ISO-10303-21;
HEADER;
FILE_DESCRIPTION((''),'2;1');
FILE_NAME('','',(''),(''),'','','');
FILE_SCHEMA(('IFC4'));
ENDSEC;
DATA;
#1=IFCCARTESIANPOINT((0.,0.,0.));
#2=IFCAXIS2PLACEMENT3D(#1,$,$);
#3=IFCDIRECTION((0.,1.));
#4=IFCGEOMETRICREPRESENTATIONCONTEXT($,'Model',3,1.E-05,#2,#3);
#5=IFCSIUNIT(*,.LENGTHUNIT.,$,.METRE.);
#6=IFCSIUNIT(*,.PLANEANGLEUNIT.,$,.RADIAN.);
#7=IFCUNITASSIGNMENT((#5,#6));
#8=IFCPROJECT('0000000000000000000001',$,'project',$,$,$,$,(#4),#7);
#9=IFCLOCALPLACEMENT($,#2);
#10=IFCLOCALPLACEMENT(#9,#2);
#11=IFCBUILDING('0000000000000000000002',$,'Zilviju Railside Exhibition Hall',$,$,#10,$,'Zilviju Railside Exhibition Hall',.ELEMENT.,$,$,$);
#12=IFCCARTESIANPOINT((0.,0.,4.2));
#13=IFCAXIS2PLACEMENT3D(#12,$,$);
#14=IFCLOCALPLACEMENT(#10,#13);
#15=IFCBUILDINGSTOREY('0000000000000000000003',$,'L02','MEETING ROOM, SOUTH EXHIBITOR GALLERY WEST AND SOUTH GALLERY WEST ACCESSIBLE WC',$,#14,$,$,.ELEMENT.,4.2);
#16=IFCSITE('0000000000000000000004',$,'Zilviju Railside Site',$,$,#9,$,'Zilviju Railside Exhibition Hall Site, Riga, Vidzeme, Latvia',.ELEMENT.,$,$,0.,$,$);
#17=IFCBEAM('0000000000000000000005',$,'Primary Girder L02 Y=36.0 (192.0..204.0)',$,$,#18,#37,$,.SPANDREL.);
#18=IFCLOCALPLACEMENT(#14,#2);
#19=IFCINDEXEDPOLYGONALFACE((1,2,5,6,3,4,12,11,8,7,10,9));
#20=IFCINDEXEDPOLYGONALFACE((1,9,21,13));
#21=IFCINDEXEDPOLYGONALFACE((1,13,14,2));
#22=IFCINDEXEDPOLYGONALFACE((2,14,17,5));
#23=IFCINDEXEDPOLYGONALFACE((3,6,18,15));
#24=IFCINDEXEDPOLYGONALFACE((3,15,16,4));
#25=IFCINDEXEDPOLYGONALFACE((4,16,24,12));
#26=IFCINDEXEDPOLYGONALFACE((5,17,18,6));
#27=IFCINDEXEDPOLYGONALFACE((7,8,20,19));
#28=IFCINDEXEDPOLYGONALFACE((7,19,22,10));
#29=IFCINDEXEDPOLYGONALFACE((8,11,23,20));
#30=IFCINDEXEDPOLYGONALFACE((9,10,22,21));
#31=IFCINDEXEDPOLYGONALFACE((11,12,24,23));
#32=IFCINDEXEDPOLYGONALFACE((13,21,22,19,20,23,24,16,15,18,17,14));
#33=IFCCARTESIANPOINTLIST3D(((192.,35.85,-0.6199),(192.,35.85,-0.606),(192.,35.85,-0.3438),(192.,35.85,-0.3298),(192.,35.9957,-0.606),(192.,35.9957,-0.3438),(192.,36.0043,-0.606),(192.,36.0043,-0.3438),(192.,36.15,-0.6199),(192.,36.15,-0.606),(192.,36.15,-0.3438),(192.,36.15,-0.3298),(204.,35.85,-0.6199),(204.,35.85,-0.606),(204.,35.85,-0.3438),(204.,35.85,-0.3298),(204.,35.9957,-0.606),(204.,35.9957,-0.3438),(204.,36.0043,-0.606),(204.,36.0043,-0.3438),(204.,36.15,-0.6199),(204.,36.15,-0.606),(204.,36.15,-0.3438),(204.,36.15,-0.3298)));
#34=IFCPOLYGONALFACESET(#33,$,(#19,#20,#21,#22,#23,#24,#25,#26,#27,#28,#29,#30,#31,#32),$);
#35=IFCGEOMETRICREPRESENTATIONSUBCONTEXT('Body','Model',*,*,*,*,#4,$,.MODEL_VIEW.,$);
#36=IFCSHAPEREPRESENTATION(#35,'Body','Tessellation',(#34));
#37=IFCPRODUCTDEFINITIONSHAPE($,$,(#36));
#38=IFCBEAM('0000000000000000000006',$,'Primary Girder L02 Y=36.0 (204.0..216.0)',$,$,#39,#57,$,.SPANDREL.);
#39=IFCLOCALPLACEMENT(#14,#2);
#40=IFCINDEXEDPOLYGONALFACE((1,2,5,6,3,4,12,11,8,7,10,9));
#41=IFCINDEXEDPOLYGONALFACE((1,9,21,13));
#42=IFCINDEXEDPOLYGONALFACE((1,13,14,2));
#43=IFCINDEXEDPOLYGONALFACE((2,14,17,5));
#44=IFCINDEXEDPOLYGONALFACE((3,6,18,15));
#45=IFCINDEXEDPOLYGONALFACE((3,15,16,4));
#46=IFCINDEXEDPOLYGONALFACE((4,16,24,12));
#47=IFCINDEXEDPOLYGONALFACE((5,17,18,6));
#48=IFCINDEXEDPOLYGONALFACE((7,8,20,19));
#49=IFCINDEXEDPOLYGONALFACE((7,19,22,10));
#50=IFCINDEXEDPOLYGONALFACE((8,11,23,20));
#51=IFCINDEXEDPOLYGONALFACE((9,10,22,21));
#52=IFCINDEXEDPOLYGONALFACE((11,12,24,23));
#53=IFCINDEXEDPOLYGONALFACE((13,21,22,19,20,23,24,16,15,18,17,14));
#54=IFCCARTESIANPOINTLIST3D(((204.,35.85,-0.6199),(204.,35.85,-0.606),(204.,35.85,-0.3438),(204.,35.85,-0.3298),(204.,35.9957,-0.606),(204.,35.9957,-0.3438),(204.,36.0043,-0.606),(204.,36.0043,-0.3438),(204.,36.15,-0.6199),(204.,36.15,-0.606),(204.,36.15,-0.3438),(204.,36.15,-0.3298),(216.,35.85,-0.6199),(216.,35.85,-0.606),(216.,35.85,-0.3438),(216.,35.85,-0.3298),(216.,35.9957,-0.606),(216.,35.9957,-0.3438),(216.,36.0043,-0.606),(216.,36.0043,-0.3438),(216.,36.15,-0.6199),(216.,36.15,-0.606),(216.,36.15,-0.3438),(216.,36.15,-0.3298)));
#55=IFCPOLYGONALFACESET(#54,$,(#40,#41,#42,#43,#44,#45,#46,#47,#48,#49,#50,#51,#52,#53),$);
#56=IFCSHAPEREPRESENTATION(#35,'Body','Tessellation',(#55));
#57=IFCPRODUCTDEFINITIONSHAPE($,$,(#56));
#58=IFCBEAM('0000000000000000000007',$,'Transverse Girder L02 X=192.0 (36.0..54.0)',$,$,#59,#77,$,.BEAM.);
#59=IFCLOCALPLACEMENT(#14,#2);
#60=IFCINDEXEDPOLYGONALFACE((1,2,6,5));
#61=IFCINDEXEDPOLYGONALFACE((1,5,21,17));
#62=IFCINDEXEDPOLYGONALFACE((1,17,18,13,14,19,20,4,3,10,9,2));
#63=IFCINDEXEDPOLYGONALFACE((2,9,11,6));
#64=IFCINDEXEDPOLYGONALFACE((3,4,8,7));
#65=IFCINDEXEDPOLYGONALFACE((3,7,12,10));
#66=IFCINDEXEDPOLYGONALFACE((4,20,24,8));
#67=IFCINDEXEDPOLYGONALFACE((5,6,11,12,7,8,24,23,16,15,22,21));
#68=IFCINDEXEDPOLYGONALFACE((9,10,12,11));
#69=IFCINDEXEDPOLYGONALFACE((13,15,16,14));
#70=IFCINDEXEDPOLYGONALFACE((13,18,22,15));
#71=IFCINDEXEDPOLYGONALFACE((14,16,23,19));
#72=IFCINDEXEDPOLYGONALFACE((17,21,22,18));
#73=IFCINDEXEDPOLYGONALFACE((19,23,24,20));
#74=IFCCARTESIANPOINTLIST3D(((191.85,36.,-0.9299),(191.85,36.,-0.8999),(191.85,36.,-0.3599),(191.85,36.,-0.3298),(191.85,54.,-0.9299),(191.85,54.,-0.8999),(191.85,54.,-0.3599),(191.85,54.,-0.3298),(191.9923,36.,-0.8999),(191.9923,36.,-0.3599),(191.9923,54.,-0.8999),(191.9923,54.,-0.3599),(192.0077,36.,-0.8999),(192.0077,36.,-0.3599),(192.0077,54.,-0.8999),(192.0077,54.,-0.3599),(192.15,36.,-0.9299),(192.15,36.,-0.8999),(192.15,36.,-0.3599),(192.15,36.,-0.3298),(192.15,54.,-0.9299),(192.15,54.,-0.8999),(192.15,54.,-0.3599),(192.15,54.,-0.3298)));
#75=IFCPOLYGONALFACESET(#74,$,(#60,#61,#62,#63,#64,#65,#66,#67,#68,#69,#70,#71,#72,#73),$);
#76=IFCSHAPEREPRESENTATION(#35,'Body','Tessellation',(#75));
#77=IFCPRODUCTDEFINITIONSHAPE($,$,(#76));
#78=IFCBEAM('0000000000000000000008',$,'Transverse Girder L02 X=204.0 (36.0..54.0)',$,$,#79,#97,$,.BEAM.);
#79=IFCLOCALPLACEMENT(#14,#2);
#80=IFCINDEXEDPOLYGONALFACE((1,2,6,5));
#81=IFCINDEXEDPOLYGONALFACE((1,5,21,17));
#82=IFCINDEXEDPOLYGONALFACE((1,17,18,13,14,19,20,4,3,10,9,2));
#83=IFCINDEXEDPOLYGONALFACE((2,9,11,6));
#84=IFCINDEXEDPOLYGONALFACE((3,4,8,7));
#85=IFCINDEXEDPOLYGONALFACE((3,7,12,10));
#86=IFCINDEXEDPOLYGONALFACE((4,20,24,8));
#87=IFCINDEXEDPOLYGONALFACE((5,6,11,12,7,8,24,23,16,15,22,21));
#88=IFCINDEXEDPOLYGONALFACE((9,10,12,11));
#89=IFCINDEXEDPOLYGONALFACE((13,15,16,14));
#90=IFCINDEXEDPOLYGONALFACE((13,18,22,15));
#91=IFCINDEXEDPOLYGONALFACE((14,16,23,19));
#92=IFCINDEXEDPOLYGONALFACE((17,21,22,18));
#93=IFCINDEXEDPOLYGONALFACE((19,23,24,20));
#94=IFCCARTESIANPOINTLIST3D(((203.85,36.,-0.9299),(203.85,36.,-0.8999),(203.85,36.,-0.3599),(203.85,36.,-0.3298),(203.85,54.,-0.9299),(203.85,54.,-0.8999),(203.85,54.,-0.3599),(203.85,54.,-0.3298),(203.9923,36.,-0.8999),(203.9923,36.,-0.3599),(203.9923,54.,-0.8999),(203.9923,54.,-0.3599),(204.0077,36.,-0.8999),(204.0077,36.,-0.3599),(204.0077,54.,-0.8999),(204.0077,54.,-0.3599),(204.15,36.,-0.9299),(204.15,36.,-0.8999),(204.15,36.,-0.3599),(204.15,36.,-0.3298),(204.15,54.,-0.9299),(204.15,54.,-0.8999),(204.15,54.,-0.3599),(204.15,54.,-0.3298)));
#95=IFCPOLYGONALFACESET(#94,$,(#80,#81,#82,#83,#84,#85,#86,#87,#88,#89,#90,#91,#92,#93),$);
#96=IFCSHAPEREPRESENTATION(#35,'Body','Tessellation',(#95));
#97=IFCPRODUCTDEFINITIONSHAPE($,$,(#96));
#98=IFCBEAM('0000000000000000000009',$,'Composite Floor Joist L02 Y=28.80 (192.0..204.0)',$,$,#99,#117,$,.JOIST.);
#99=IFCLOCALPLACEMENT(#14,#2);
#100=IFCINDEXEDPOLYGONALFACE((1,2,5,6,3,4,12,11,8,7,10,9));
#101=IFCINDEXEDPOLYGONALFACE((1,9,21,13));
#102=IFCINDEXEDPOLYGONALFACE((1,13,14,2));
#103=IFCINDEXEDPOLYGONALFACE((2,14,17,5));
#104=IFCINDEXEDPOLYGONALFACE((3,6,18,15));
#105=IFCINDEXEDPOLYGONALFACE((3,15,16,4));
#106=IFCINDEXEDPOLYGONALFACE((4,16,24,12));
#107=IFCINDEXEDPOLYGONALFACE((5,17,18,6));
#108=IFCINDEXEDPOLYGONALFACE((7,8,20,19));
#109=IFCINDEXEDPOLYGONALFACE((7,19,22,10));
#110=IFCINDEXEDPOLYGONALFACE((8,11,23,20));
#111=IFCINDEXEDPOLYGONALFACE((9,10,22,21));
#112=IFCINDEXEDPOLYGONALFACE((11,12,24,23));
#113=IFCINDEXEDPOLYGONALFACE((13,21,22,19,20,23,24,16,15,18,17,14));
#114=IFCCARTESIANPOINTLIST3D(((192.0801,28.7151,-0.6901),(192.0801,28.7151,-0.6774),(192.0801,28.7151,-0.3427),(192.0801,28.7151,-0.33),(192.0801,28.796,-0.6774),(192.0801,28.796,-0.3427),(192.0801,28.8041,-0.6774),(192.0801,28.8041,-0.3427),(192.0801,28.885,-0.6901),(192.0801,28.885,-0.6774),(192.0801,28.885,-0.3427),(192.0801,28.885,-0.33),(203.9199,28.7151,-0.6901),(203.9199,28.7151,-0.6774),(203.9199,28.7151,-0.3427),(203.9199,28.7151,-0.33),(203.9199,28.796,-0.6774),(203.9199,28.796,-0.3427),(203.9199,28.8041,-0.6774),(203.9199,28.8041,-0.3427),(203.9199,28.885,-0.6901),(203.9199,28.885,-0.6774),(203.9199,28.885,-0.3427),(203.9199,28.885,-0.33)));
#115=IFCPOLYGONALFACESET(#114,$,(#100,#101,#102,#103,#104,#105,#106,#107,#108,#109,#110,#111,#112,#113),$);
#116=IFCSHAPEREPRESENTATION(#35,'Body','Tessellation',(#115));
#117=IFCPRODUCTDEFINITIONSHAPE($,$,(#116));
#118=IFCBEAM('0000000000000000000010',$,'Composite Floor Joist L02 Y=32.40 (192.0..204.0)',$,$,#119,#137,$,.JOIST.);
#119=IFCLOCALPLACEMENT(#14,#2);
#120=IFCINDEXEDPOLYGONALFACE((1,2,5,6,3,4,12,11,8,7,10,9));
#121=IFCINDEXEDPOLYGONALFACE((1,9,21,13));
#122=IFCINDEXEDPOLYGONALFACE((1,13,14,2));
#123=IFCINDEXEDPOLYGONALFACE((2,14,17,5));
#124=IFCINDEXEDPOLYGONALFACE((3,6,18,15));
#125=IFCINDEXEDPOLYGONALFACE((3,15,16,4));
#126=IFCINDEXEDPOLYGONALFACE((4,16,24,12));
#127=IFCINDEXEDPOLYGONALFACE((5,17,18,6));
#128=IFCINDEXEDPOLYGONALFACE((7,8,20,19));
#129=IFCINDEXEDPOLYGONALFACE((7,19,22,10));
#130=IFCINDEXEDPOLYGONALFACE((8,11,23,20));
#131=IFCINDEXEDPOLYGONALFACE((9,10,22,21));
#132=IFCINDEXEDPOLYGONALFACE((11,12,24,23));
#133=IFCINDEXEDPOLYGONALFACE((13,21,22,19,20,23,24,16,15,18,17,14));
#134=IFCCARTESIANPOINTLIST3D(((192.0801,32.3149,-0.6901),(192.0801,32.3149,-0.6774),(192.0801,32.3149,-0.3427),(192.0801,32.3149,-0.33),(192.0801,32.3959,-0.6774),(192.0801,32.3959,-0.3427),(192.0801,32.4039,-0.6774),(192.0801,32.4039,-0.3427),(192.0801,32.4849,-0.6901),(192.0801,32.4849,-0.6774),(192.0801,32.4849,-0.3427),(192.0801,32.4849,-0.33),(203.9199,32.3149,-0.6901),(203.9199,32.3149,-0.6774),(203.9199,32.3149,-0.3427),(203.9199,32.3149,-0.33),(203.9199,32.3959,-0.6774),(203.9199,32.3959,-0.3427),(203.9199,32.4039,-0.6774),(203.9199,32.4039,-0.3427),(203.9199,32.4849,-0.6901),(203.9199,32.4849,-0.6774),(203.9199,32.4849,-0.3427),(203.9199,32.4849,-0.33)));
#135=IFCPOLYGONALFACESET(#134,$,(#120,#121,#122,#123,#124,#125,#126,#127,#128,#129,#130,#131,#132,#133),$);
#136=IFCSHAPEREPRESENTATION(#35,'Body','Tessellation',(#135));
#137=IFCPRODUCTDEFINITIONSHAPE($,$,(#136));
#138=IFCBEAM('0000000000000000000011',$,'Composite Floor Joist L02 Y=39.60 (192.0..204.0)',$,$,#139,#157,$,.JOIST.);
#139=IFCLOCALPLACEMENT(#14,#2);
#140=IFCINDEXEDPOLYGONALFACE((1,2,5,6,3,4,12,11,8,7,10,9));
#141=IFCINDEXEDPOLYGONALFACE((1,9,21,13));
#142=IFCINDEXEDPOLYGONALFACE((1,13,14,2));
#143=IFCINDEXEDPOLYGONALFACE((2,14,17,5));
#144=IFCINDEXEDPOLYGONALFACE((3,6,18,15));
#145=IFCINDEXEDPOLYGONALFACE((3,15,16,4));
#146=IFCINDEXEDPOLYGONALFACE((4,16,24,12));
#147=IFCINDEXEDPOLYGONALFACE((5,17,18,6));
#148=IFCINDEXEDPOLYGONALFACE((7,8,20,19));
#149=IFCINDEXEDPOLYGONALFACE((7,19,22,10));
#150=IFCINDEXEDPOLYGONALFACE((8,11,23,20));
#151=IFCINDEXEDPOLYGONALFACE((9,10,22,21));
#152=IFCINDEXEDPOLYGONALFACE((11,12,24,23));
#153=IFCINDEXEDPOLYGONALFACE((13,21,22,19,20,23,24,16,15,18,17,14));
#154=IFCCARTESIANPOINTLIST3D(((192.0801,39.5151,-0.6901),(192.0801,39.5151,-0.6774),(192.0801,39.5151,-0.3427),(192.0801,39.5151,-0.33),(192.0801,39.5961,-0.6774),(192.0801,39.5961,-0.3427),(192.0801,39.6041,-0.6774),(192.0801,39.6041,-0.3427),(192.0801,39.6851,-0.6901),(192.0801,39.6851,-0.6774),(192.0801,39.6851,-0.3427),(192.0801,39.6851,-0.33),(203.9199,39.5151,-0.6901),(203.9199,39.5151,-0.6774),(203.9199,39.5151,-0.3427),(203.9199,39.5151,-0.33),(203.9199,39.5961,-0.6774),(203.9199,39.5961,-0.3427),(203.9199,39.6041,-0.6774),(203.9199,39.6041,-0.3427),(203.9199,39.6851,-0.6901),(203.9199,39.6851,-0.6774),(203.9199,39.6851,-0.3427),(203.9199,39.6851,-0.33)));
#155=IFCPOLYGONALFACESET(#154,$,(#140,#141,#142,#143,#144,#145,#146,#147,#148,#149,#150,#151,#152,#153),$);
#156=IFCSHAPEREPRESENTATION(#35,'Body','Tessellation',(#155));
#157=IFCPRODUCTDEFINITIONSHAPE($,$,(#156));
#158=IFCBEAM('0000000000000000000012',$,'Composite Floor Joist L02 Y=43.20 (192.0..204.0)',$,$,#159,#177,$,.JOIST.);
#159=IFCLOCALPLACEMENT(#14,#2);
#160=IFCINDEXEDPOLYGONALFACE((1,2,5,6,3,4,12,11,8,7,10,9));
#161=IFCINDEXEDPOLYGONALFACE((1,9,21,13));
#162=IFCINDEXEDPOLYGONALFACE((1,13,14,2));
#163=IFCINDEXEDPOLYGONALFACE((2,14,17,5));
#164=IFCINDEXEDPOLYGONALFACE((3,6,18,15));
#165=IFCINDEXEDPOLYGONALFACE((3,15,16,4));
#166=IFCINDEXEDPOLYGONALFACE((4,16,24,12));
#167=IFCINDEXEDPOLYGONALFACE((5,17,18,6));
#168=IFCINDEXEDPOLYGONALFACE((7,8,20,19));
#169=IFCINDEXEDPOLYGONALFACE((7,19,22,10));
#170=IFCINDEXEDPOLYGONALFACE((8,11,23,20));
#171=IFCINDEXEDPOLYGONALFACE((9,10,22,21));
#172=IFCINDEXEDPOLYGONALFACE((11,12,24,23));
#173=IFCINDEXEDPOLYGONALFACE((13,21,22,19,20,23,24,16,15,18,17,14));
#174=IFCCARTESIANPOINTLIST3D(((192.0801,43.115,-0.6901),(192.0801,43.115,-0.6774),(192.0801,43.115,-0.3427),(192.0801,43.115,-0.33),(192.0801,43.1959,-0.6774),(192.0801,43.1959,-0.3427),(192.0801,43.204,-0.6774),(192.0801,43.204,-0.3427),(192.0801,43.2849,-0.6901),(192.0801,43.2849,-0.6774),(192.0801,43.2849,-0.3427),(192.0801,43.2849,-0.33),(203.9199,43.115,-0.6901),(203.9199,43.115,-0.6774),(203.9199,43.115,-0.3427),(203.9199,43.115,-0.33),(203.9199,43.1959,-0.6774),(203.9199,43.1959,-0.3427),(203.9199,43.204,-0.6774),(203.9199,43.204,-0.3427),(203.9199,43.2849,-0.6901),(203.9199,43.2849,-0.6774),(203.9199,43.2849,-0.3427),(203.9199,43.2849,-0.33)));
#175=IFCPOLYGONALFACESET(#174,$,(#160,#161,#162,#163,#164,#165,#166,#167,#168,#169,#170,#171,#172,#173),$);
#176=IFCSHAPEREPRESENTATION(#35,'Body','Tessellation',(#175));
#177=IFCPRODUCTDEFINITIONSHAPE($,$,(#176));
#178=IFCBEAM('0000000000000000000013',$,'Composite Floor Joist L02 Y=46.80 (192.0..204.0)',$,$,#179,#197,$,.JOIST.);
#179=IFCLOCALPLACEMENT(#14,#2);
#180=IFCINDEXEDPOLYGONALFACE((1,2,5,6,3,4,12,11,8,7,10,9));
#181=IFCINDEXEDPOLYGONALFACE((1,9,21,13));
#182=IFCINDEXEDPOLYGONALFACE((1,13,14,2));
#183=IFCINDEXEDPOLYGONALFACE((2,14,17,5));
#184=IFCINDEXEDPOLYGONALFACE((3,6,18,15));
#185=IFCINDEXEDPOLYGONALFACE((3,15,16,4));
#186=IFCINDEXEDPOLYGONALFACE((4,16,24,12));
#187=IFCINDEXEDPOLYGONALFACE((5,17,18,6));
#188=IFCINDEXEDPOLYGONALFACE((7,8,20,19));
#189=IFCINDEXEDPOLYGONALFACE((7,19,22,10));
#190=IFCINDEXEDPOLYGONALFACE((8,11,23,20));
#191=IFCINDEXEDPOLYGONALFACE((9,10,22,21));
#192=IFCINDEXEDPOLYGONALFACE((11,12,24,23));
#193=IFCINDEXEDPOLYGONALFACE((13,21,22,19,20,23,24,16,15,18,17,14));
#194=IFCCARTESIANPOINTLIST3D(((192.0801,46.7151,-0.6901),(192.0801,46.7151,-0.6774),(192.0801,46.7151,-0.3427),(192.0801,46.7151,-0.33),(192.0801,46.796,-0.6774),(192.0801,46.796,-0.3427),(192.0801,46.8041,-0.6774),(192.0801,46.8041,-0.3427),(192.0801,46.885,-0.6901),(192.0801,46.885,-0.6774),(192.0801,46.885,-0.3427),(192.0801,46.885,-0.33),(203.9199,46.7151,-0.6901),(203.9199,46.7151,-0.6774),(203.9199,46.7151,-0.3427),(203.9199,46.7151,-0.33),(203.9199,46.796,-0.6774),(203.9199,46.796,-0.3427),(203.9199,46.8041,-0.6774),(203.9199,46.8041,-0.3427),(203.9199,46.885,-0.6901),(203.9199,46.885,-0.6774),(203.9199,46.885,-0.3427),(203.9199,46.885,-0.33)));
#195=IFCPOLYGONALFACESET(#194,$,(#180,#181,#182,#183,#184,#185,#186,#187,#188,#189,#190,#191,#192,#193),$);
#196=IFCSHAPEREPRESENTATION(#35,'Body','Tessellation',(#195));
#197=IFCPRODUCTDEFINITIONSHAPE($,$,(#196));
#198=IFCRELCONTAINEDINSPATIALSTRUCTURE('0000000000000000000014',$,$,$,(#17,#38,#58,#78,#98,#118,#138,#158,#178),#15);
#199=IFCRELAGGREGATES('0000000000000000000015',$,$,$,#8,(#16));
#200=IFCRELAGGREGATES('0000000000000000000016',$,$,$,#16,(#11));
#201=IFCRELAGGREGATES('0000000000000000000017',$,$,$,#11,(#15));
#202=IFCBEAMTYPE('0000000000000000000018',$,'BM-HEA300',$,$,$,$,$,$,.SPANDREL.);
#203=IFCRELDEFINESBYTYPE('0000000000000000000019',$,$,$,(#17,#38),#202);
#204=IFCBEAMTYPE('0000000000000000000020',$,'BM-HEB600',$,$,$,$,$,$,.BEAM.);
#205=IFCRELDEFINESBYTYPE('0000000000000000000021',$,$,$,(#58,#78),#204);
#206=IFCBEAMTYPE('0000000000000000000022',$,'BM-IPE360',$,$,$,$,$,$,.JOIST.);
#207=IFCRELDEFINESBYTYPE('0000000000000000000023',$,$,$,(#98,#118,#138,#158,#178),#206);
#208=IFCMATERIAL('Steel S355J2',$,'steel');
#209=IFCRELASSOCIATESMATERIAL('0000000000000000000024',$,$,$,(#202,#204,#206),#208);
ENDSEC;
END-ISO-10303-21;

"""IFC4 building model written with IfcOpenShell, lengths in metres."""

from ifc_helpers import new_model, si_unit, direction, frame, origin, origin_2d, place, context, subcontext, project, spatial, i_section, extrude, material, material_profile, profile_set, type_object, element, save


model = new_model("IFC4")

# Units and contexts
model_context = context("Model", 3, precision=1e-05, world=origin(), true_north=direction((0.0, 1.0)))
body_context = subcontext(model_context, "Body", "Model", "MODEL_VIEW")
ifc_project = project(units=[si_unit("LENGTHUNIT", "METRE"), si_unit("PLANEANGLEUNIT", "RADIAN")], contexts=[model_context])

# Site, building, storey
site_placement = place(None, origin())
site = spatial("IfcSite", under=ifc_project, at=site_placement, Name="Zilviju Railside Site", LongName="Zilviju Railside Exhibition Hall Site, Riga, Vidzeme, Latvia", CompositionType="ELEMENT", RefElevation=0.0)
building_placement = place(site_placement, origin())
building = spatial("IfcBuilding", under=site, at=building_placement, Name="Zilviju Railside Exhibition Hall", LongName="Zilviju Railside Exhibition Hall", CompositionType="ELEMENT")
storey_placement = place(building_placement, frame((0.0, 0.0, 4.2)))
storey = spatial("IfcBuildingStorey", under=building, at=storey_placement, Name="L02", Description="MEETING ROOM, SOUTH EXHIBITOR GALLERY WEST AND SOUTH GALLERY WEST ACCESSIBLE WC", CompositionType="ELEMENT", Elevation=4.2)

# Beams
ifc_material_1 = material(Name="Steel S355J2", Category="steel")
ifc_material_profile_1 = material_profile(ifc_material_1, i_section(OverallWidth=0.3, OverallDepth=0.29, WebThickness=0.0085, FlangeThickness=0.0139, at=origin_2d()), Name="HEA 300")
ifc_profile_set_1 = profile_set([ifc_material_profile_1], Name="Steel S355J2")
beam_type_1 = type_object("IfcBeamType", Name="BM-HEA300", PredefinedType="SPANDREL", material=ifc_profile_set_1)
for number, where, z_axis, x_axis, name in (
    (1, (192.0, 36.0, -0.4749), (1.0, 0.0, 0.0), (0.0, 1.0, 0.0), "Primary Girder L02 Y=36.0 (192.0..204.0)"),
    (2, (204.0, 36.0, -0.4749), (1.0, 0.0, 0.0), (0.0, 1.0, 0.0), "Primary Girder L02 Y=36.0 (204.0..216.0)"),
):
    element("IfcBeam", number, at=place(storey_placement, frame(where, z_axis=z_axis, x_axis=x_axis)), inside=storey, type_object=beam_type_1, Name=name, PredefinedType="SPANDREL", context=body_context, shape_type="SweptSolid", body=[
        extrude(i_section(OverallWidth=0.3, OverallDepth=0.29, WebThickness=0.0085, FlangeThickness=0.0139, at=origin_2d()), origin(), (0.0, 0.0, 1.0), 12.0),
    ])
ifc_material_profile_2 = material_profile(ifc_material_1, i_section(OverallWidth=0.3, OverallDepth=0.6001, WebThickness=0.0154, FlangeThickness=0.03, at=origin_2d()), Name="HEB 600")
ifc_profile_set_2 = profile_set([ifc_material_profile_2], Name="Steel S355J2")
beam_type_2 = type_object("IfcBeamType", Name="BM-HEB600", PredefinedType="BEAM", material=ifc_profile_set_2)
for number, where, z_axis, x_axis, name in (
    (3, (192.0, 36.0, -0.6299), (0.0, 1.0, 0.0), (-1.0, 0.0, 0.0), "Transverse Girder L02 X=192.0 (36.0..54.0)"),
    (4, (204.0, 36.0, -0.6299), (0.0, 1.0, 0.0), (-1.0, 0.0, 0.0), "Transverse Girder L02 X=204.0 (36.0..54.0)"),
):
    element("IfcBeam", number, at=place(storey_placement, frame(where, z_axis=z_axis, x_axis=x_axis)), inside=storey, type_object=beam_type_2, Name=name, PredefinedType="BEAM", context=body_context, shape_type="SweptSolid", body=[
        extrude(i_section(OverallWidth=0.3, OverallDepth=0.6001, WebThickness=0.0154, FlangeThickness=0.03, at=origin_2d()), origin(), (0.0, 0.0, 1.0), 18.0),
    ])
ifc_material_profile_3 = material_profile(ifc_material_1, i_section(OverallWidth=0.1699, OverallDepth=0.3601, WebThickness=0.0081, FlangeThickness=0.0127, at=origin_2d()), Name="IPE 360")
ifc_profile_set_3 = profile_set([ifc_material_profile_3], Name="Steel S355J2")
beam_type_3 = type_object("IfcBeamType", Name="BM-IPE360", PredefinedType="JOIST", material=ifc_profile_set_3)
for number, where, z_axis, x_axis, name in (
    (5, (192.0801, 28.8, -0.51), (1.0, 0.0, 0.0), (0.0, 1.0, 0.0), "Composite Floor Joist L02 Y=28.80 (192.0..204.0)"),
    (6, (192.0801, 32.3999, -0.51), (1.0, 0.0, 0.0), (0.0, 1.0, 0.0), "Composite Floor Joist L02 Y=32.40 (192.0..204.0)"),
    (7, (192.0801, 39.6001, -0.51), (1.0, 0.0, 0.0), (0.0, 1.0, 0.0), "Composite Floor Joist L02 Y=39.60 (192.0..204.0)"),
    (8, (192.0801, 43.2, -0.51), (1.0, 0.0, 0.0), (0.0, 1.0, 0.0), "Composite Floor Joist L02 Y=43.20 (192.0..204.0)"),
    (9, (192.0801, 46.8, -0.51), (1.0, 0.0, 0.0), (0.0, 1.0, 0.0), "Composite Floor Joist L02 Y=46.80 (192.0..204.0)"),
):
    element("IfcBeam", number, at=place(storey_placement, frame(where, z_axis=z_axis, x_axis=x_axis)), inside=storey, type_object=beam_type_3, Name=name, PredefinedType="JOIST", context=body_context, shape_type="SweptSolid", body=[
        extrude(i_section(OverallWidth=0.1699, OverallDepth=0.3601, WebThickness=0.0081, FlangeThickness=0.0127, at=origin_2d()), origin(), (0.0, 0.0, 1.0), 11.8398),
    ])

save(model, "model.ifc")
